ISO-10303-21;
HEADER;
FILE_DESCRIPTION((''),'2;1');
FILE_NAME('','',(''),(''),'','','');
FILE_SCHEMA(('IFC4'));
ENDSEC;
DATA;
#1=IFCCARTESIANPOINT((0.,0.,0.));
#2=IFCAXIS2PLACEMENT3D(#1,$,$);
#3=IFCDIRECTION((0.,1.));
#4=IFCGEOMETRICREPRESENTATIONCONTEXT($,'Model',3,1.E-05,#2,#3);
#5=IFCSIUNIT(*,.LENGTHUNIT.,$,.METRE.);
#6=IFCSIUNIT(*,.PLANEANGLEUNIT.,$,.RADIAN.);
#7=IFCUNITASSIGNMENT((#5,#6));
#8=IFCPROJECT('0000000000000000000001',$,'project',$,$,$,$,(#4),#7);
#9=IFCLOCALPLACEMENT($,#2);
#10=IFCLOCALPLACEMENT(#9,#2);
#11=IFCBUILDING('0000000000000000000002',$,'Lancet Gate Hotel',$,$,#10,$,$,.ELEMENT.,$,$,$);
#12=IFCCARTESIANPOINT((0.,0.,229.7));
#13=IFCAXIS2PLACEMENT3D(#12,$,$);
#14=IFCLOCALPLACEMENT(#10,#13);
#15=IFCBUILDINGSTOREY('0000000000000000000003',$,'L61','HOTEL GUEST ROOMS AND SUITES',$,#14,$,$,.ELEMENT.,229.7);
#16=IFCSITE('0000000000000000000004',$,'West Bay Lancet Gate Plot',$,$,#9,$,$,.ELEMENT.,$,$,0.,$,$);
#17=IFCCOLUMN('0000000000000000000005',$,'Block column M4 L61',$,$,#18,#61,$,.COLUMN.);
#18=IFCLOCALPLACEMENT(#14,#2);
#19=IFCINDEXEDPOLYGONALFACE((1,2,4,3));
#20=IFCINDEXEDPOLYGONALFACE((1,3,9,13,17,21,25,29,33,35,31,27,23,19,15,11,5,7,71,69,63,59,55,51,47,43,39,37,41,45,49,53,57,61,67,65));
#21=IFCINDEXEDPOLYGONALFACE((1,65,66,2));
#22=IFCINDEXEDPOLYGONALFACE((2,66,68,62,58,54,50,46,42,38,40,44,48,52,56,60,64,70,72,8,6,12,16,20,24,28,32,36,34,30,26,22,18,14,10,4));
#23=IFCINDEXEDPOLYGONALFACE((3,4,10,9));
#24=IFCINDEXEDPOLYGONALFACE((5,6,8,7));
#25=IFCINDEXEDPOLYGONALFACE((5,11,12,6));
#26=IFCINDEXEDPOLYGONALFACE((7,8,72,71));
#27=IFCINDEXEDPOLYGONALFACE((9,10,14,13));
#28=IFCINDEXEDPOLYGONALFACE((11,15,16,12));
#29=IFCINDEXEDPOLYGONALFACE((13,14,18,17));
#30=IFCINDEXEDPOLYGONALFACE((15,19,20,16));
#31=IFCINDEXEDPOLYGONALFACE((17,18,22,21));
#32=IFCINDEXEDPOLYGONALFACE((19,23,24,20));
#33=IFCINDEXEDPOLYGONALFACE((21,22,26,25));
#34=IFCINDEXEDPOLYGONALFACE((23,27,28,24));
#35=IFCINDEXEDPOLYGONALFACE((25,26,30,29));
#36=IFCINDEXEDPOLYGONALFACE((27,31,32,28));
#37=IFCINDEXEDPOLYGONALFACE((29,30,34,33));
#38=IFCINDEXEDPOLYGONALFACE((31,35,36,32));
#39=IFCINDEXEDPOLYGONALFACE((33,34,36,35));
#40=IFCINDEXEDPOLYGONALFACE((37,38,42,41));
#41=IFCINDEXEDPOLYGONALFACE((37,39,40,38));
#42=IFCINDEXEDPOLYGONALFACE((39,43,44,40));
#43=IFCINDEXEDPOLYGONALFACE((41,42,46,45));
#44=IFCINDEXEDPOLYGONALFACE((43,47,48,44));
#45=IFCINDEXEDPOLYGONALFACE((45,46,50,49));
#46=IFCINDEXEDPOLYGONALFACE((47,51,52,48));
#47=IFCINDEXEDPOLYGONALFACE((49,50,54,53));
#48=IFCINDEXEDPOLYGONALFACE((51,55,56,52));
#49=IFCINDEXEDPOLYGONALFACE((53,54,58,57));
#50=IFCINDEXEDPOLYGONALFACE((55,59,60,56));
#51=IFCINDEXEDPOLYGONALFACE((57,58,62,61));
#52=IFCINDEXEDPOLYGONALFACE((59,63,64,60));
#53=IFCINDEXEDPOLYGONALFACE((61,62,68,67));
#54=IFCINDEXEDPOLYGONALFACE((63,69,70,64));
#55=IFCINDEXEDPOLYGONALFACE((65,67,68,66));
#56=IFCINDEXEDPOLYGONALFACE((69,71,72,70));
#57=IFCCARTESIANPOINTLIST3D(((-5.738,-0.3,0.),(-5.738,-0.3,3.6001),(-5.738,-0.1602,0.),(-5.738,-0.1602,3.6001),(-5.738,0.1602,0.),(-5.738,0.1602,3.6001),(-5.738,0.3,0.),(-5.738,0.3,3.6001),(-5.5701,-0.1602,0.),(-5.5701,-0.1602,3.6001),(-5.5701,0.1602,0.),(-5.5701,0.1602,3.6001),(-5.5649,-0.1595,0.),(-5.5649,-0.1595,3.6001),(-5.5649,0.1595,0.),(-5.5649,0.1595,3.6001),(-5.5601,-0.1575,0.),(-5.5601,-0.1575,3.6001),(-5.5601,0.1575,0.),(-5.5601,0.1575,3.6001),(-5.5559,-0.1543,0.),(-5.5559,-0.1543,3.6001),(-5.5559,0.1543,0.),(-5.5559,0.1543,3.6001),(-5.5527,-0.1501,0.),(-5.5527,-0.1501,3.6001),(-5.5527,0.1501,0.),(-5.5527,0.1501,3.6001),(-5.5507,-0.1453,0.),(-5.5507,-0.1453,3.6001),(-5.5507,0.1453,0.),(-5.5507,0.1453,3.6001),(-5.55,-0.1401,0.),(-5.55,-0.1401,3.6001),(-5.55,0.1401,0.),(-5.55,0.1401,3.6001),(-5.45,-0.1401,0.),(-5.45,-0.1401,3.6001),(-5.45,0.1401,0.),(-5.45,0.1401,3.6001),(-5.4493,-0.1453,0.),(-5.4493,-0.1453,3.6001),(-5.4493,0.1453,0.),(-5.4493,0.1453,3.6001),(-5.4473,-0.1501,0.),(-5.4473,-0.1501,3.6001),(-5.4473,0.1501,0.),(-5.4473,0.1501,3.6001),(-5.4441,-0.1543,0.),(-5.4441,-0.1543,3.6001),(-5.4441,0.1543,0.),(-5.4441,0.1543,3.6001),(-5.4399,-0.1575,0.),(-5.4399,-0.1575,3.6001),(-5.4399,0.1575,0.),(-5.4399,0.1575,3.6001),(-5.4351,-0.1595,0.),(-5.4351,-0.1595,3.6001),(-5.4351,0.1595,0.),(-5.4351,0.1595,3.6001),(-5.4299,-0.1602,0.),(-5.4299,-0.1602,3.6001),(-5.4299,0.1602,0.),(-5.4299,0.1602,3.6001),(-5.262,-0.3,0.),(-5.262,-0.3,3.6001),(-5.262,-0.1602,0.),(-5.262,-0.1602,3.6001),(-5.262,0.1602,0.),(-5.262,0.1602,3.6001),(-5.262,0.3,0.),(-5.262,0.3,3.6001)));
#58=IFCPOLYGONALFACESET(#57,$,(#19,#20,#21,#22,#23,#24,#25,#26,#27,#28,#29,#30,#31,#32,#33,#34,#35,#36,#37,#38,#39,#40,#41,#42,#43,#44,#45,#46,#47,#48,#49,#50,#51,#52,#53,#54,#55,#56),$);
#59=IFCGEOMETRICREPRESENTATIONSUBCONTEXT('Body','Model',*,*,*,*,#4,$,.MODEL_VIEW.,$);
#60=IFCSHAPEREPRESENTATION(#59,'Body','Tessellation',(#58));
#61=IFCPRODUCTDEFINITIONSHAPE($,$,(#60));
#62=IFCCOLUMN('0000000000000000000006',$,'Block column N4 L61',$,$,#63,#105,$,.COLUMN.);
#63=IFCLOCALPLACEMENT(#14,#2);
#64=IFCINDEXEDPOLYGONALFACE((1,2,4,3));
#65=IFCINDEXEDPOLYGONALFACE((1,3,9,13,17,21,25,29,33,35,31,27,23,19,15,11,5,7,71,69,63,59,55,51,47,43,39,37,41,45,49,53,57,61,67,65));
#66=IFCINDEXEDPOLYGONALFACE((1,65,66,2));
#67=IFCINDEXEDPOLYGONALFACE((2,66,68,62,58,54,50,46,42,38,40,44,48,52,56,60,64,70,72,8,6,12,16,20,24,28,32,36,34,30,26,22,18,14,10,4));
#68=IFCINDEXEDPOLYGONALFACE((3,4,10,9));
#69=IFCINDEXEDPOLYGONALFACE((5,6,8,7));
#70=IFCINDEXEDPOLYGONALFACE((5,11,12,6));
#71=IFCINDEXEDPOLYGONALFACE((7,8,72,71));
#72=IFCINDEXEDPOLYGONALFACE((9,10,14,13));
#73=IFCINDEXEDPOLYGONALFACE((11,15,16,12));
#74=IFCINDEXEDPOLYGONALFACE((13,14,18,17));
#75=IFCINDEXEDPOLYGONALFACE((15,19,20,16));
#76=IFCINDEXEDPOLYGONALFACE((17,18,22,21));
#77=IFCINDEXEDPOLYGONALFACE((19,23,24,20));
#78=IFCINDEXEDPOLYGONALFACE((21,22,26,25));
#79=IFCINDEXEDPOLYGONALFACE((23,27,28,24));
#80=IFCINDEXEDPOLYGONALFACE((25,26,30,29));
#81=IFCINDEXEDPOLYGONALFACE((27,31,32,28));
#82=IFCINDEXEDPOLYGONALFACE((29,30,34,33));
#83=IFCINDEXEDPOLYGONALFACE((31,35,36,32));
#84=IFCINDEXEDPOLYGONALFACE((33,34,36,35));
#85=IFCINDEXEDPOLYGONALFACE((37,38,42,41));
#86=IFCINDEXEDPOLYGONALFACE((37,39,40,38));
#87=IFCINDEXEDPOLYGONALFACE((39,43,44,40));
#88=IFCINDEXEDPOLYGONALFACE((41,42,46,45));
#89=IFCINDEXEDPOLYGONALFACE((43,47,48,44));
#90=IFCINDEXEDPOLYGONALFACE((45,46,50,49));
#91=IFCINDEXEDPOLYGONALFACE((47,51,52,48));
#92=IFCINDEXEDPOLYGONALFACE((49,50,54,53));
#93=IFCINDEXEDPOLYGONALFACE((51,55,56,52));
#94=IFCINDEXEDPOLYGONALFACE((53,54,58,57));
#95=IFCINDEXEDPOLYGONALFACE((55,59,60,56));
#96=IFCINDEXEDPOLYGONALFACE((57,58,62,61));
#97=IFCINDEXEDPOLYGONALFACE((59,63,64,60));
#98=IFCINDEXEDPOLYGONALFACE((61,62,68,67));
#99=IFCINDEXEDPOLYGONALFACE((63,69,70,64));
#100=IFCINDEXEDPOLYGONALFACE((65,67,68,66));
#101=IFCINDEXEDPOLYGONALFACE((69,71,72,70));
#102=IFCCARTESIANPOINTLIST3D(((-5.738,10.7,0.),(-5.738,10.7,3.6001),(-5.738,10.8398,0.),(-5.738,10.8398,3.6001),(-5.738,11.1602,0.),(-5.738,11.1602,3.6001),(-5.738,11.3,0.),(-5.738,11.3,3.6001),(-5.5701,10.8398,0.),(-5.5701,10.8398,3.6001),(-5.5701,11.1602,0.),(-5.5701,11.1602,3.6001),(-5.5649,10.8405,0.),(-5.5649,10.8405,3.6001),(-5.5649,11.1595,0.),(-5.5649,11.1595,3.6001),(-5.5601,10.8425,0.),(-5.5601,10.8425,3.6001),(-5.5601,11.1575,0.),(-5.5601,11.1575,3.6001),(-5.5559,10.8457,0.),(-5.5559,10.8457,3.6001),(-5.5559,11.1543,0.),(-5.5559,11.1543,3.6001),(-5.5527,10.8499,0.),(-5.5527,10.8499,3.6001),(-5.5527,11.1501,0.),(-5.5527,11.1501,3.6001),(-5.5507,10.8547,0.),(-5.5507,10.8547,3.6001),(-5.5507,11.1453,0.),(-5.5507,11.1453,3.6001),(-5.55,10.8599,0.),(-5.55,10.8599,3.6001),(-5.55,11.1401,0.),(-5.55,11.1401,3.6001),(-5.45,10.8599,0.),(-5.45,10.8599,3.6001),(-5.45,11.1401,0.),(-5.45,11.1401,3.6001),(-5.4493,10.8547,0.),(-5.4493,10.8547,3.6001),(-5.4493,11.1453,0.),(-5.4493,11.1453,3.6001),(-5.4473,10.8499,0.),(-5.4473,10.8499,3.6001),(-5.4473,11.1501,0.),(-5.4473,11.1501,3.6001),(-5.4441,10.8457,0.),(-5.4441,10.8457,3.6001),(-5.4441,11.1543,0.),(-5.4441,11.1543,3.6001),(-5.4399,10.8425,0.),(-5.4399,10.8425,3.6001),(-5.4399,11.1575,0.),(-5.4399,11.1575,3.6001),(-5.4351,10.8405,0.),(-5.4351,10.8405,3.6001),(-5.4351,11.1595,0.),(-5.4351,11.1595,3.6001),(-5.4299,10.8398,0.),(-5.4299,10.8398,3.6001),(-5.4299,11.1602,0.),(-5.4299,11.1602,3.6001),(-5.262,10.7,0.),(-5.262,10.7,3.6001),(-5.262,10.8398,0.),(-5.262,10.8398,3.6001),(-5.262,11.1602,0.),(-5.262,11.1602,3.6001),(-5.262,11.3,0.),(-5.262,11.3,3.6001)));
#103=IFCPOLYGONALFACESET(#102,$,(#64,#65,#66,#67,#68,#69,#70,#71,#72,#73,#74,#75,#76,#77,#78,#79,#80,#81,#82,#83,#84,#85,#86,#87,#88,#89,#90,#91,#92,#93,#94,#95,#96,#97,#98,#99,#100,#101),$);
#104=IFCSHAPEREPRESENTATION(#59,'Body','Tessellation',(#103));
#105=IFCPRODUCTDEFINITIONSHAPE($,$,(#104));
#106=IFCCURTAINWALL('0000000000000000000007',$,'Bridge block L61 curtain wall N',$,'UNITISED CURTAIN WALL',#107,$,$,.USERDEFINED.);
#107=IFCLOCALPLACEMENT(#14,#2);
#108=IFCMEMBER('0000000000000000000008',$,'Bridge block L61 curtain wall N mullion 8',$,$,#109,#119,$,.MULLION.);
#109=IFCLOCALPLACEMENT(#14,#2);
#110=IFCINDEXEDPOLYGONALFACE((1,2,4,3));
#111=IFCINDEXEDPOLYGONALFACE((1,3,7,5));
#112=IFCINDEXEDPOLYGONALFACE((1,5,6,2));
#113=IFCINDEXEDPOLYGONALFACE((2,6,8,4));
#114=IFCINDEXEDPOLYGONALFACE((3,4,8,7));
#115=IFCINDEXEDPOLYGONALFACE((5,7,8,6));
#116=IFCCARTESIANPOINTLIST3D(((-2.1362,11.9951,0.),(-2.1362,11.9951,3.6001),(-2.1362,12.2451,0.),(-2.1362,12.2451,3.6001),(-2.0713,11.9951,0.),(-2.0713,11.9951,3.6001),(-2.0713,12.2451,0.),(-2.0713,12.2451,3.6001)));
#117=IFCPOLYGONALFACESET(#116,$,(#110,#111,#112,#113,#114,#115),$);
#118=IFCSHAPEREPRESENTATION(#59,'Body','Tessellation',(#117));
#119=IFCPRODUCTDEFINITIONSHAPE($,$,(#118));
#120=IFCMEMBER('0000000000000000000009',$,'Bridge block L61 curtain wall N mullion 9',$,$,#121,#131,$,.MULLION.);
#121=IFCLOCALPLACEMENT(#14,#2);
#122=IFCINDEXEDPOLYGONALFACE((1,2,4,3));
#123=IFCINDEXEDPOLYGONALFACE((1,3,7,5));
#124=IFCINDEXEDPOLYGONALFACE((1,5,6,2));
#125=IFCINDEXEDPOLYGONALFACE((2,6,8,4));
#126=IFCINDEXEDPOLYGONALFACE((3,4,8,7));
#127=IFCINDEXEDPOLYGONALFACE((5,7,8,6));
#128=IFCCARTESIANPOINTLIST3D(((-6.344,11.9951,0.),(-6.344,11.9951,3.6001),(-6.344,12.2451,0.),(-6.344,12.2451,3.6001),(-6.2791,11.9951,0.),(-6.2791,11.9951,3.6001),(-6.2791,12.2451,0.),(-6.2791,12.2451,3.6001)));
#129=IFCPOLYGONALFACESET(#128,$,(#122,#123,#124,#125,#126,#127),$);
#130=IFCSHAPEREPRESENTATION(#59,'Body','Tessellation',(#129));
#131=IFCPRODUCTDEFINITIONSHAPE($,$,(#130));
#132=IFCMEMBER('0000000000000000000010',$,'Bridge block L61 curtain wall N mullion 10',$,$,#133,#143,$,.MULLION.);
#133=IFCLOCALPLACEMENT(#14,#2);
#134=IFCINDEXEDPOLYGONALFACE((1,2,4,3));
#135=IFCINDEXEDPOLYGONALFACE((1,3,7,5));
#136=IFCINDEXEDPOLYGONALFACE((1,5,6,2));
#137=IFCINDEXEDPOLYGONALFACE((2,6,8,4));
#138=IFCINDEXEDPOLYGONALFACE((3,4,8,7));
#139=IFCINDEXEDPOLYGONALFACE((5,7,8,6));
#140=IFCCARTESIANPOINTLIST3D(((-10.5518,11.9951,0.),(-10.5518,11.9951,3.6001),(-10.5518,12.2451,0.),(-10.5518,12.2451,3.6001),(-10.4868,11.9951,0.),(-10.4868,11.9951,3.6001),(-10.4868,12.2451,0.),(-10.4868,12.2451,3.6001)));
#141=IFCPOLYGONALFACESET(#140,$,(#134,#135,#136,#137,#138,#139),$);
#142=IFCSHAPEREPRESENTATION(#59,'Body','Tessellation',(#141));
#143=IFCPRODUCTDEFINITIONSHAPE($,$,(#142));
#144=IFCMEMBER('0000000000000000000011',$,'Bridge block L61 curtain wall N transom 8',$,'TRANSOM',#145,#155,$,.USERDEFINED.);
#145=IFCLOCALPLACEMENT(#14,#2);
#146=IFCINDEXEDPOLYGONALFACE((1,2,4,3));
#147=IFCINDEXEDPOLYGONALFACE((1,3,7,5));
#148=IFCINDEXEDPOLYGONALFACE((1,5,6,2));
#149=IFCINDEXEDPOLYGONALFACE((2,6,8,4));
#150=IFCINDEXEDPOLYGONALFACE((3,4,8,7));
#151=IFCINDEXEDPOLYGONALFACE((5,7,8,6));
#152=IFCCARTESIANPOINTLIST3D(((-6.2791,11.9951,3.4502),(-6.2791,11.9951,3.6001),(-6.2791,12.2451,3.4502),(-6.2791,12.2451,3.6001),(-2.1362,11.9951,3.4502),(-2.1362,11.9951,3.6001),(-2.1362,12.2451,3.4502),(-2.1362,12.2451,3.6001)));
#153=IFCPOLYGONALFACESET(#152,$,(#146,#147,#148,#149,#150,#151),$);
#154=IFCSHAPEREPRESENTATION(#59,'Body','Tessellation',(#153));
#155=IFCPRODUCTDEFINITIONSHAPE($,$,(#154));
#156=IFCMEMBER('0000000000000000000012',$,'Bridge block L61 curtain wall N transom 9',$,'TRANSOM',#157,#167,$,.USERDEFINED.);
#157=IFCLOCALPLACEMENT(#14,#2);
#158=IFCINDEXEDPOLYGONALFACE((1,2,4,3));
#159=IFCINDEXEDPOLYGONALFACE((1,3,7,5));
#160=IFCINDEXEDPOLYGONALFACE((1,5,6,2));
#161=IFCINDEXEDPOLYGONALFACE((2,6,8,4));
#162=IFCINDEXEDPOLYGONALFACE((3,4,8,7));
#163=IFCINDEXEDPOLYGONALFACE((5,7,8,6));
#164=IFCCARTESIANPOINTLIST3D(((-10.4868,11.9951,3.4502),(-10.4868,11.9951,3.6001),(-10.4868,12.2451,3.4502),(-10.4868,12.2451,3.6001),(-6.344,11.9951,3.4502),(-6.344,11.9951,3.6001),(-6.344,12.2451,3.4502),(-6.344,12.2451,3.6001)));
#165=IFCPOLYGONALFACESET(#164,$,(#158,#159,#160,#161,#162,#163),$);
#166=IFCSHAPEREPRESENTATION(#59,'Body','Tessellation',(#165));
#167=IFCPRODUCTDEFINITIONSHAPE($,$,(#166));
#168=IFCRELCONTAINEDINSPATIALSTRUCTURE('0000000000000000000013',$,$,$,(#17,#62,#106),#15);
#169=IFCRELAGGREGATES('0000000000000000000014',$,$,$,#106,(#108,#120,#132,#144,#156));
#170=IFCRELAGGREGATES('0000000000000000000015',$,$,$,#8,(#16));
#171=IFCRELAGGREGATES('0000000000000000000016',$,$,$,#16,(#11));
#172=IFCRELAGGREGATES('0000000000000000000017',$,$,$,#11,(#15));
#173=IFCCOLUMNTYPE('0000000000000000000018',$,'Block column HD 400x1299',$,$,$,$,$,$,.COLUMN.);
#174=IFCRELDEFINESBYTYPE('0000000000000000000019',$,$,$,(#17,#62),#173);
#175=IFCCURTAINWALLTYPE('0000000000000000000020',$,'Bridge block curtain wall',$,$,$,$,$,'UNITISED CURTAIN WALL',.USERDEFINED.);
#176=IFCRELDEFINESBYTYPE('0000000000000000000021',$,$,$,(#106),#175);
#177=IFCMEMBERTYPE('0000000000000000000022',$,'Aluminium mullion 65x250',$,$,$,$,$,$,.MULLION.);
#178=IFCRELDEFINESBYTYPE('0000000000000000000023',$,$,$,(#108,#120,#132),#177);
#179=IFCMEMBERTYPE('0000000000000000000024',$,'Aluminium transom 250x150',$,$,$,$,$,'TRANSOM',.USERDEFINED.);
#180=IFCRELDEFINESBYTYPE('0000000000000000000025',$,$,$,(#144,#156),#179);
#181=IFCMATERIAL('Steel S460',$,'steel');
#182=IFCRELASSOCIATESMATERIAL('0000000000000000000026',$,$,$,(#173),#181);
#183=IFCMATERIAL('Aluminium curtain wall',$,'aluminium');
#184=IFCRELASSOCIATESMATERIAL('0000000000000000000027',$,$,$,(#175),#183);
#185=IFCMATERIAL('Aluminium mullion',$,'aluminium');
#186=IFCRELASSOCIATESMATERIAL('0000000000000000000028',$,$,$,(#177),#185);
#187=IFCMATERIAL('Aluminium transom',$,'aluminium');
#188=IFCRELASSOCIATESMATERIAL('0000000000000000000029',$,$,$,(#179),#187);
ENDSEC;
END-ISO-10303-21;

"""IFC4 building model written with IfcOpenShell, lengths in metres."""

from ifc_helpers import new_model, si_unit, direction, frame, origin, origin_2d, place, context, subcontext, project, spatial, rectangle, i_section, extrude, material, material_profile, profile_set, type_object, element, aggregate, save


model = new_model("IFC4")

# Units and contexts
model_context = context("Model", 3, precision=1e-05, world=origin(), true_north=direction((0.0, 1.0)))
body_context = subcontext(model_context, "Body", "Model", "MODEL_VIEW")
ifc_project = project(units=[si_unit("LENGTHUNIT", "METRE"), si_unit("PLANEANGLEUNIT", "RADIAN")], contexts=[model_context])

# Site, building, storey
site_placement = place(None, origin())
site = spatial("IfcSite", under=ifc_project, at=site_placement, Name="West Bay Lancet Gate Plot", CompositionType="ELEMENT", RefElevation=0.0)
building_placement = place(site_placement, origin())
building = spatial("IfcBuilding", under=site, at=building_placement, Name="Lancet Gate Hotel", CompositionType="ELEMENT")
storey_placement = place(building_placement, frame((0.0, 0.0, 229.7)))
storey = spatial("IfcBuildingStorey", under=building, at=storey_placement, Name="L61", Description="HOTEL GUEST ROOMS AND SUITES", CompositionType="ELEMENT", Elevation=229.7)

# Columns
ifc_material_1 = material(Name="Steel S460", Category="steel")
ifc_material_profile_1 = material_profile(ifc_material_1, i_section(OverallWidth=0.4761, OverallDepth=0.6001, WebThickness=0.1001, FlangeThickness=0.1399, FilletRadius=0.02, at=origin_2d()), Name="HD 400x1299")
ifc_profile_set_1 = profile_set([ifc_material_profile_1], Name="Steel S460")
column_type = type_object("IfcColumnType", Name="Block column HD 400x1299", PredefinedType="COLUMN", material=ifc_profile_set_1)
for number, where, z_axis, x_axis, name in (
    (1, (-5.5, 0.0, 0.0), (0.0, 0.0, 1.0), (1.0, 0.0, 0.0), "Block column M4 L61"),
    (2, (-5.5, 11.0, 0.0), (0.0, 0.0, 1.0), (1.0, 0.0, 0.0), "Block column N4 L61"),
):
    element("IfcColumn", number, at=place(storey_placement, frame(where, z_axis=z_axis, x_axis=x_axis)), inside=storey, type_object=column_type, Name=name, PredefinedType="COLUMN", context=body_context, shape_type="SweptSolid", body=[
        extrude(i_section(OverallWidth=0.4761, OverallDepth=0.6001, WebThickness=0.1001, FlangeThickness=0.1399, FilletRadius=0.02, at=origin_2d()), origin(), (0.0, 0.0, 1.0), 3.6001),
    ])

# Curtain wall, members
ifc_material_2 = material(Name="Aluminium curtain wall", Category="aluminium")
curtain_wall_type = type_object("IfcCurtainWallType", Name="Bridge block curtain wall", ElementType="UNITISED CURTAIN WALL", PredefinedType="USERDEFINED", material=ifc_material_2)
curtain_wall_placement = place(storey_placement, origin())
curtain_wall = element("IfcCurtainWall", 3, at=curtain_wall_placement, inside=storey, type_object=curtain_wall_type, Name="Bridge block L61 curtain wall N", ObjectType="UNITISED CURTAIN WALL", PredefinedType="USERDEFINED")
ifc_material_3 = material(Name="Aluminium mullion", Category="aluminium")
ifc_material_profile_2 = material_profile(ifc_material_3, rectangle(XDim=0.0649, YDim=0.25, at=origin_2d()), Name="MULLION 65x250")
ifc_profile_set_2 = profile_set([ifc_material_profile_2], Name="Aluminium mullion")
member_type_1 = type_object("IfcMemberType", Name="Aluminium mullion 65x250", PredefinedType="MULLION", material=ifc_profile_set_2)
member_1_placement = place(storey_placement, frame((-2.1038, 12.1201, 0.0), z_axis=(0.0, 0.0, 1.0), x_axis=(-1.0, 0.0, 0.0)))
member_1 = element("IfcMember", 4, at=member_1_placement, type_object=member_type_1, Name="Bridge block L61 curtain wall N mullion 8", PredefinedType="MULLION", context=body_context, shape_type="SweptSolid", body=[
    extrude(rectangle(XDim=0.0649, YDim=0.25, at=origin_2d()), origin(), (0.0, 0.0, 1.0), 3.6001),
])
member_2_placement = place(storey_placement, frame((-6.3115, 12.1201, 0.0), z_axis=(0.0, 0.0, 1.0), x_axis=(-1.0, 0.0, 0.0)))
member_2 = element("IfcMember", 5, at=member_2_placement, type_object=member_type_1, Name="Bridge block L61 curtain wall N mullion 9", PredefinedType="MULLION", context=body_context, shape_type="SweptSolid", body=[
    extrude(rectangle(XDim=0.0649, YDim=0.25, at=origin_2d()), origin(), (0.0, 0.0, 1.0), 3.6001),
])
member_3_placement = place(storey_placement, frame((-10.5193, 12.1201, 0.0), z_axis=(0.0, 0.0, 1.0), x_axis=(-1.0, 0.0, 0.0)))
member_3 = element("IfcMember", 6, at=member_3_placement, type_object=member_type_1, Name="Bridge block L61 curtain wall N mullion 10", PredefinedType="MULLION", context=body_context, shape_type="SweptSolid", body=[
    extrude(rectangle(XDim=0.0649, YDim=0.25, at=origin_2d()), origin(), (0.0, 0.0, 1.0), 3.6001),
])
ifc_material_4 = material(Name="Aluminium transom", Category="aluminium")
ifc_material_profile_3 = material_profile(ifc_material_4, rectangle(XDim=0.25, YDim=0.1499, at=origin_2d()), Name="TRANSOM 250x150")
ifc_profile_set_3 = profile_set([ifc_material_profile_3], Name="Aluminium transom")
member_type_2 = type_object("IfcMemberType", Name="Aluminium transom 250x150", ElementType="TRANSOM", PredefinedType="USERDEFINED", material=ifc_profile_set_3)
member_4_placement = place(storey_placement, frame((-2.1362, 12.1201, 3.5251), z_axis=(-1.0, 0.0, 0.0), x_axis=(0.0, -1.0, 0.0)))
member_4 = element("IfcMember", 7, at=member_4_placement, type_object=member_type_2, Name="Bridge block L61 curtain wall N transom 8", ObjectType="TRANSOM", PredefinedType="USERDEFINED", context=body_context, shape_type="SweptSolid", body=[
    extrude(rectangle(XDim=0.25, YDim=0.1499, at=origin_2d()), origin(), (0.0, 0.0, 1.0), 4.1428),
])
member_5_placement = place(storey_placement, frame((-6.344, 12.1201, 3.5251), z_axis=(-1.0, 0.0, 0.0), x_axis=(0.0, -1.0, 0.0)))
member_5 = element("IfcMember", 8, at=member_5_placement, type_object=member_type_2, Name="Bridge block L61 curtain wall N transom 9", ObjectType="TRANSOM", PredefinedType="USERDEFINED", context=body_context, shape_type="SweptSolid", body=[
    extrude(rectangle(XDim=0.25, YDim=0.1499, at=origin_2d()), origin(), (0.0, 0.0, 1.0), 4.1428),
])

aggregate(curtain_wall, [member_1, member_2, member_3, member_4, member_5])

save(model, "model.ifc")
